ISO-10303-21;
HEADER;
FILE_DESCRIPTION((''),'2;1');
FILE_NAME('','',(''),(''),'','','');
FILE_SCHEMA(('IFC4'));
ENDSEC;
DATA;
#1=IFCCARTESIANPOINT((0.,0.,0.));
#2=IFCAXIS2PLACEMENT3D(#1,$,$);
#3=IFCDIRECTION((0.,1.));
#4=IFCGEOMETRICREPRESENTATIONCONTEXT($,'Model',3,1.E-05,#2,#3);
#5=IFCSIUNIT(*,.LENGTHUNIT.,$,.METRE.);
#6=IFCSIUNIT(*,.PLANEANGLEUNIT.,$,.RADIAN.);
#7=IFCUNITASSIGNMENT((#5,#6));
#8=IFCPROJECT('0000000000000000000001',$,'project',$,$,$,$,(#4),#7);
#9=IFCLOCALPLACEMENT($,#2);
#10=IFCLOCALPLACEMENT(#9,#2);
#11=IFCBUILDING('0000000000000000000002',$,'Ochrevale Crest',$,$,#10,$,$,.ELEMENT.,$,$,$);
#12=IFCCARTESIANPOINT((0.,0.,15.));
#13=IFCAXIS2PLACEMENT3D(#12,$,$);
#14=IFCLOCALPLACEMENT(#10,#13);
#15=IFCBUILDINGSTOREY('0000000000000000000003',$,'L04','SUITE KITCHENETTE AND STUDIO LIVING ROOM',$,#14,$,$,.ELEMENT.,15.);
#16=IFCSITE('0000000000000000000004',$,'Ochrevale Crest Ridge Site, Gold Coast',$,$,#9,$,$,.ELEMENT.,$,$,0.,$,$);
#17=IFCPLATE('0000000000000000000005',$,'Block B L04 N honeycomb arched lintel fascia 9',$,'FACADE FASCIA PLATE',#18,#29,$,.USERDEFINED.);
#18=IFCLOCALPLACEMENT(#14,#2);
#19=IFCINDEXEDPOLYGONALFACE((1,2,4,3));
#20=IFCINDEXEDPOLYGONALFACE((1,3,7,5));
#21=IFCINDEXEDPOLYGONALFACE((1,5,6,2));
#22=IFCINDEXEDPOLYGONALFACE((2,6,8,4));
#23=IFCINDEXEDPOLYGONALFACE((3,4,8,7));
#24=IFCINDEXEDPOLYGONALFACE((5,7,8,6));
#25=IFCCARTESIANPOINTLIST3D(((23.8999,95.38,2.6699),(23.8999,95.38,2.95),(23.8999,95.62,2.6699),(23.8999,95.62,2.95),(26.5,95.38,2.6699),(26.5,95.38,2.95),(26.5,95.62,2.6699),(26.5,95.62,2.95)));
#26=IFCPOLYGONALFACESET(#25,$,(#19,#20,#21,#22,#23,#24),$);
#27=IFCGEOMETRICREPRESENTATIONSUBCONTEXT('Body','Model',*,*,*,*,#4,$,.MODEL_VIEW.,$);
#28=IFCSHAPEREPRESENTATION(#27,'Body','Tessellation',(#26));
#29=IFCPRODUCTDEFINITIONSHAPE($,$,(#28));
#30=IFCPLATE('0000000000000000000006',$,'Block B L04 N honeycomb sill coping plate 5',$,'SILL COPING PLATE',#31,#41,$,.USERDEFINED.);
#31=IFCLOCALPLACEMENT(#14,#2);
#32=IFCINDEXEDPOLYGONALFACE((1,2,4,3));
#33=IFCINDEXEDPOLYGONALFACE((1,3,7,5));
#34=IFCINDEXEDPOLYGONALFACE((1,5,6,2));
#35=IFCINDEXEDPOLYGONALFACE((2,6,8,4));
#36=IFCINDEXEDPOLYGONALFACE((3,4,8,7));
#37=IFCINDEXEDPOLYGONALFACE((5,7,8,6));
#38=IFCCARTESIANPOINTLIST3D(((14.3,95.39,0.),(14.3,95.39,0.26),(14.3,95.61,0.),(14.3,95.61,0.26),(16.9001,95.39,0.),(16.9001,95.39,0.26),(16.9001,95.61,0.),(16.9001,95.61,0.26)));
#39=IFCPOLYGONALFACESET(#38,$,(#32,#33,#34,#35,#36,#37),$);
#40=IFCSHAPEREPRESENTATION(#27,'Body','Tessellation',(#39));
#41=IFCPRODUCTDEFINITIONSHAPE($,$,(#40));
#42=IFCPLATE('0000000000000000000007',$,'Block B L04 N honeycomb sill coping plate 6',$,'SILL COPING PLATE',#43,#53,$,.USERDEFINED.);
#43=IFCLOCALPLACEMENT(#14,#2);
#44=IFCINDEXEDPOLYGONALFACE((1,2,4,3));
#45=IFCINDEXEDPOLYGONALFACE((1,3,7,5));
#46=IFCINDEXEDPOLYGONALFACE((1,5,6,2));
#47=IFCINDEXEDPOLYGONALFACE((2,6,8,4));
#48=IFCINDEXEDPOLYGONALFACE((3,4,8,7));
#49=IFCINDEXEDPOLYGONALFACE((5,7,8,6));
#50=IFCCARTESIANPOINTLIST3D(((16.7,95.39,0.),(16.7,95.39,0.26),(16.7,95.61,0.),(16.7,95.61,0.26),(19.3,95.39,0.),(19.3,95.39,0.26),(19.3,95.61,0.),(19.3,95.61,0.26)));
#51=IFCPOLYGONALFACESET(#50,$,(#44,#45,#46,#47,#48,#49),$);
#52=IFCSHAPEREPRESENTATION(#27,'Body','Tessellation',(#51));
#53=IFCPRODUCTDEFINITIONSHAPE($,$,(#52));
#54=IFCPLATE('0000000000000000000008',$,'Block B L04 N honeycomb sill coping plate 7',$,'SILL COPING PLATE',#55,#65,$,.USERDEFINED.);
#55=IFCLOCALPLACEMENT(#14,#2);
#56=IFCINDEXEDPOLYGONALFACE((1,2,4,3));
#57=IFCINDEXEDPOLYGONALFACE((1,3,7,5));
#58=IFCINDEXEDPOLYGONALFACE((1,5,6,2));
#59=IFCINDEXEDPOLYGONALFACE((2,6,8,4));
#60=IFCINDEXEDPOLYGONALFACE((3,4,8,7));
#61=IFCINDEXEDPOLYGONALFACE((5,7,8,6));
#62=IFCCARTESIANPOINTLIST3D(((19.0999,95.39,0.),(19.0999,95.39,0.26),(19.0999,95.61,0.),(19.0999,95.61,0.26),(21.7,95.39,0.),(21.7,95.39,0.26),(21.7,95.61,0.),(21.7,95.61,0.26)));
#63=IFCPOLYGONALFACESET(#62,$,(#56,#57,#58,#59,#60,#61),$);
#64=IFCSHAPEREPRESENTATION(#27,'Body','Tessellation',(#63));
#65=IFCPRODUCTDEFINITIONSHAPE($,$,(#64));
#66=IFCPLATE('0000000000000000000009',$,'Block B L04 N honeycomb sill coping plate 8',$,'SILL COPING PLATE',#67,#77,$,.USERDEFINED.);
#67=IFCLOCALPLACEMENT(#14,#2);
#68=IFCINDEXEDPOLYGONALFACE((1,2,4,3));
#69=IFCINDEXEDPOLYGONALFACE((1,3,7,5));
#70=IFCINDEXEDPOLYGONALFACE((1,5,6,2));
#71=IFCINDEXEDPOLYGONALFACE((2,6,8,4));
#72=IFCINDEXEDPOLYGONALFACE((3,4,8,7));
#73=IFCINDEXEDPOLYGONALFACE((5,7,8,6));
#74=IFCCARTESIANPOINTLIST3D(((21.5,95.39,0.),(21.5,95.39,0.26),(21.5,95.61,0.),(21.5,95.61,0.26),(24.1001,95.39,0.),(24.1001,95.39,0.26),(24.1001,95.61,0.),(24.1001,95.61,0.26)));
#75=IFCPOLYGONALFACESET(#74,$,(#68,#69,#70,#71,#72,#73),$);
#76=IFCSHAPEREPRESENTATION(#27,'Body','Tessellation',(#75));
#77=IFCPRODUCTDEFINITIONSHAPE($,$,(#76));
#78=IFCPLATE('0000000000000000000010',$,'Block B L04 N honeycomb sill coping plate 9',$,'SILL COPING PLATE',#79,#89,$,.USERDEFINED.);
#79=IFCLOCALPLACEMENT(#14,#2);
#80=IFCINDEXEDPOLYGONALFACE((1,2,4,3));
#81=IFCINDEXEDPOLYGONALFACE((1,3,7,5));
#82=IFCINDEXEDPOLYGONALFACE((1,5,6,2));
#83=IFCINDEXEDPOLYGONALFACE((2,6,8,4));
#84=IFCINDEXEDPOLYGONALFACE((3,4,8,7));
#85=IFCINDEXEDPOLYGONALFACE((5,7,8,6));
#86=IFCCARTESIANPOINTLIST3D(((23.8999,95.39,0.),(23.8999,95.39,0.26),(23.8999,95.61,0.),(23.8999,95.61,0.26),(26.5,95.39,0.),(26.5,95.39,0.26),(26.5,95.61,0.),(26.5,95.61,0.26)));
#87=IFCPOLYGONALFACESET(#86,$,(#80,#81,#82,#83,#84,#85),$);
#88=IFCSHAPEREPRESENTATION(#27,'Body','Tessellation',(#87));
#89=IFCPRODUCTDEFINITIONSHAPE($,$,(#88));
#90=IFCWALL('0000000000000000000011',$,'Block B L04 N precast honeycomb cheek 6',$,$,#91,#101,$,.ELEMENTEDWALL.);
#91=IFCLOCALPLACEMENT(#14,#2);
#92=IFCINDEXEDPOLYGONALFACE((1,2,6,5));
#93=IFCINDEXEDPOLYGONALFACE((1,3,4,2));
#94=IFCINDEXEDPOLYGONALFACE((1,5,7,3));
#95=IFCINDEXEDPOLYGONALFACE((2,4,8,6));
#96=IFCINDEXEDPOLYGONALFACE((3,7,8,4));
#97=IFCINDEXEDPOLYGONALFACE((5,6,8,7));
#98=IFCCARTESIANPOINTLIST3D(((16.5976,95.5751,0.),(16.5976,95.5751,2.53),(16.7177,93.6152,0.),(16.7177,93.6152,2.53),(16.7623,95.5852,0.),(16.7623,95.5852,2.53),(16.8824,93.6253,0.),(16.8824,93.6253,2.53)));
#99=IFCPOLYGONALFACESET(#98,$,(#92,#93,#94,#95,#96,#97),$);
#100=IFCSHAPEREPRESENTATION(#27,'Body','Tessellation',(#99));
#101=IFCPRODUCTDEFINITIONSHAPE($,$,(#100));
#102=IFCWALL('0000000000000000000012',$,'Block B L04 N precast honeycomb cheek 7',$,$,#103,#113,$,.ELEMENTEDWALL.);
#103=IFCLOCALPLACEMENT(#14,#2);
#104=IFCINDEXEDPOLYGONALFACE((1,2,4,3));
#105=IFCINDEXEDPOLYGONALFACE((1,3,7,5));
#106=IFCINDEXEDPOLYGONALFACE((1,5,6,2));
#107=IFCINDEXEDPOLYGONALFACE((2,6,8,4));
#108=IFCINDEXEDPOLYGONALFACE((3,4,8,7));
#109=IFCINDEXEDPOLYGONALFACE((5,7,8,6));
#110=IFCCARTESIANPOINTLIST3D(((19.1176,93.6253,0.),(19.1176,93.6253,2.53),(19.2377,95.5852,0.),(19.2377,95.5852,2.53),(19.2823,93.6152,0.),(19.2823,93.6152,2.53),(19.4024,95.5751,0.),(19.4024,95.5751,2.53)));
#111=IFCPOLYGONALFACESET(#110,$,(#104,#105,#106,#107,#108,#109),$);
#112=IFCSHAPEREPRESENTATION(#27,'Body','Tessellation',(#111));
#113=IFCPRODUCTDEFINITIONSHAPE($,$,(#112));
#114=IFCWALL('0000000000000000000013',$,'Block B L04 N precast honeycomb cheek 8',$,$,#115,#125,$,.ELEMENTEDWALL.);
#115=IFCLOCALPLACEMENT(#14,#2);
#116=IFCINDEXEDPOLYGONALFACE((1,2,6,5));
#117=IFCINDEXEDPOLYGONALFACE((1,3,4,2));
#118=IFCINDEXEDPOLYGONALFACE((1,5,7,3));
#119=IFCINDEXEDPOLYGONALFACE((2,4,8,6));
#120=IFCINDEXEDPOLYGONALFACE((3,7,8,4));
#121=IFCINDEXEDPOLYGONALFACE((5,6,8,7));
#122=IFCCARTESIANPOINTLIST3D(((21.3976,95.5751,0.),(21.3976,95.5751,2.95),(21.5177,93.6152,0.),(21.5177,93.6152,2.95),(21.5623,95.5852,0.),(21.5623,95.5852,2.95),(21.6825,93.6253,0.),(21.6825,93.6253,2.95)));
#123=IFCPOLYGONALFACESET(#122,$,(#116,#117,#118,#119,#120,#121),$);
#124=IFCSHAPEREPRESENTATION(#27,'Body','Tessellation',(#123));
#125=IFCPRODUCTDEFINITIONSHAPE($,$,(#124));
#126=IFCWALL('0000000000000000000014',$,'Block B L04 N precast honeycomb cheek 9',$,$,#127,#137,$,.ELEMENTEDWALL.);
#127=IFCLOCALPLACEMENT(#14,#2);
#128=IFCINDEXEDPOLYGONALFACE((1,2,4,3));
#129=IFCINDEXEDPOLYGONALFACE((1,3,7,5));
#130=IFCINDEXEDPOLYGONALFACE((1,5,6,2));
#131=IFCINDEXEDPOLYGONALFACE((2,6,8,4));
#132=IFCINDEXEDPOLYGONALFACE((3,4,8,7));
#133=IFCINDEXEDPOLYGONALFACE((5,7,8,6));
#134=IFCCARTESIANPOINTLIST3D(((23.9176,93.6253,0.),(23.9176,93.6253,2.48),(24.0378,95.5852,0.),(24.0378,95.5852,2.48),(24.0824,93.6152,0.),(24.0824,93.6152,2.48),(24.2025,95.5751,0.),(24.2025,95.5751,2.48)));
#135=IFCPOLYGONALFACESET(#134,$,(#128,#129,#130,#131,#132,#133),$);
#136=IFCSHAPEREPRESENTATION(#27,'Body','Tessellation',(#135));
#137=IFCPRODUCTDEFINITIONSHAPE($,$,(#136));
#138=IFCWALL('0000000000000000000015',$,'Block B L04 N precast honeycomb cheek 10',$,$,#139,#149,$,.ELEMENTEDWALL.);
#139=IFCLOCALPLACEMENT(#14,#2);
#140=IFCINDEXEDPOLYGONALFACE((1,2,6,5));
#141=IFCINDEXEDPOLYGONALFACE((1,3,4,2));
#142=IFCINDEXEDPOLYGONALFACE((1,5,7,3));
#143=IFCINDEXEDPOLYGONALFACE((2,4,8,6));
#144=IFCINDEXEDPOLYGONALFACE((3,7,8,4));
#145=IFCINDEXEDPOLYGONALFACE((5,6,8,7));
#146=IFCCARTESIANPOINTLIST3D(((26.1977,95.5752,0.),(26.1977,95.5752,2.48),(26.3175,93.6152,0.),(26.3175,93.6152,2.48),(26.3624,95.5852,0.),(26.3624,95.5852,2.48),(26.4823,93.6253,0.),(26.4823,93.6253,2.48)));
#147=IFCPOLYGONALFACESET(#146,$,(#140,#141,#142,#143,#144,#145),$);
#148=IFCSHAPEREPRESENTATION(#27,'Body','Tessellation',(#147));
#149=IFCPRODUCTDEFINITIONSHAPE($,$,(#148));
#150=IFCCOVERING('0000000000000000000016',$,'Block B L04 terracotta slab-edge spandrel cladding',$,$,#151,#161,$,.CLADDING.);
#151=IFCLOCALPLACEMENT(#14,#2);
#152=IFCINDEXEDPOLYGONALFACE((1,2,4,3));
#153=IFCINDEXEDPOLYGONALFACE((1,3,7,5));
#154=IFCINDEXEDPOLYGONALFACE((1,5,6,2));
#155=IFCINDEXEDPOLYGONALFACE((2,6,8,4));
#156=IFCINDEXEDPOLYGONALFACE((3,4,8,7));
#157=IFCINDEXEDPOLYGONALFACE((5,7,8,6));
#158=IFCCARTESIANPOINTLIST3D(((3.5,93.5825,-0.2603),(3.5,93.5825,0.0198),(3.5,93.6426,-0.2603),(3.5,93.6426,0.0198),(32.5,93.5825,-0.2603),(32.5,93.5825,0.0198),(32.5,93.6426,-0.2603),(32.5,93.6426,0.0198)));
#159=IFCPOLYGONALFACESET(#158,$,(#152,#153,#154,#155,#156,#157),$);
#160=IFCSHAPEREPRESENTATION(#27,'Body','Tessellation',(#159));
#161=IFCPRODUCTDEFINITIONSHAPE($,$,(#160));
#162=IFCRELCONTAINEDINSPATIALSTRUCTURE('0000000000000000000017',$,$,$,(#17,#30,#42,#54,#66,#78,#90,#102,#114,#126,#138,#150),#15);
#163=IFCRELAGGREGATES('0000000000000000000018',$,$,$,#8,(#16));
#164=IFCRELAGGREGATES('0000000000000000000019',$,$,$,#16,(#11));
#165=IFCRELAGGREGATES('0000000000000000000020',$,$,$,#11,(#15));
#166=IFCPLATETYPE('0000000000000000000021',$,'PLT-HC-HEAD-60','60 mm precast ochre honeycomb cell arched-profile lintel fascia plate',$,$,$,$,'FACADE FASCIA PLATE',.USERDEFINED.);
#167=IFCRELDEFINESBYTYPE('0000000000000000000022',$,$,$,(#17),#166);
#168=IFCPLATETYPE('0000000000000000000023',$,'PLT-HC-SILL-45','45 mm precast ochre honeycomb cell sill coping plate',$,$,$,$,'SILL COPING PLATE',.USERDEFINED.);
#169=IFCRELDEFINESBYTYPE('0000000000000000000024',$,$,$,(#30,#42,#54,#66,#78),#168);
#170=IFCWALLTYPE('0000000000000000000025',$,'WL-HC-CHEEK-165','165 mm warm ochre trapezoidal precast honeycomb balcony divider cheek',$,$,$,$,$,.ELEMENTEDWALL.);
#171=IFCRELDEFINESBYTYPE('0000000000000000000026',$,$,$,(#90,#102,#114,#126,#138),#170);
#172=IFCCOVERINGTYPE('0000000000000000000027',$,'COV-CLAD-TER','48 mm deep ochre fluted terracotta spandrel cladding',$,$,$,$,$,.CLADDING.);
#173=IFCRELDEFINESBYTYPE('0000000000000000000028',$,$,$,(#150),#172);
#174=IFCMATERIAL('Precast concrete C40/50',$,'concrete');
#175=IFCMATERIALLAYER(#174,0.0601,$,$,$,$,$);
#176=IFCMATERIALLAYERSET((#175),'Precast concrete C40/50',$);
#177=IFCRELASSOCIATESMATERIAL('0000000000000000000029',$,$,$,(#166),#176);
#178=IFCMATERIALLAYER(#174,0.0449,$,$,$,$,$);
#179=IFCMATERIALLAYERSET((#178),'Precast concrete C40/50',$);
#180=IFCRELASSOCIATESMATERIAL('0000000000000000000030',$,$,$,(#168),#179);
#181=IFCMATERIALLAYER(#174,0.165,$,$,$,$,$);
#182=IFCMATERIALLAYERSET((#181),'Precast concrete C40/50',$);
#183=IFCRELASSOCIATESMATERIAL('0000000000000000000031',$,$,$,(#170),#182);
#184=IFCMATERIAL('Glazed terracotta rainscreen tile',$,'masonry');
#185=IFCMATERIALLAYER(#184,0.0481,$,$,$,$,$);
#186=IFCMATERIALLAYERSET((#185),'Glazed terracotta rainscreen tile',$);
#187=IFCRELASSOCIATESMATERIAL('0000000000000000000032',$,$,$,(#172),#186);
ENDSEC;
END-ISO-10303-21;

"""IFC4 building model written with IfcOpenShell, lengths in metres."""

from ifc_helpers import new_model, si_unit, direction, frame, frame_2d, origin, origin_2d, place, context, subcontext, project, spatial, rectangle, extrude, material, layer, layer_set, type_object, element, save


model = new_model("IFC4")

# Units and contexts
model_context = context("Model", 3, precision=1e-05, world=origin(), true_north=direction((0.0, 1.0)))
body_context = subcontext(model_context, "Body", "Model", "MODEL_VIEW")
ifc_project = project(units=[si_unit("LENGTHUNIT", "METRE"), si_unit("PLANEANGLEUNIT", "RADIAN")], contexts=[model_context])

# Site, building, storey
site_placement = place(None, origin())
site = spatial("IfcSite", under=ifc_project, at=site_placement, Name="Ochrevale Crest Ridge Site, Gold Coast", CompositionType="ELEMENT", RefElevation=0.0)
building_placement = place(site_placement, origin())
building = spatial("IfcBuilding", under=site, at=building_placement, Name="Ochrevale Crest", CompositionType="ELEMENT")
storey_placement = place(building_placement, frame((0.0, 0.0, 15.0)))
storey = spatial("IfcBuildingStorey", under=building, at=storey_placement, Name="L04", Description="SUITE KITCHENETTE AND STUDIO LIVING ROOM", CompositionType="ELEMENT", Elevation=15.0)

# Shared definitions
ifc_material_1 = material(Name="Precast concrete C40/50", Category="concrete")

# Plates
ifc_layer_1 = layer(ifc_material_1, 0.0601)
ifc_layer_set_1 = layer_set([ifc_layer_1], Name="Precast concrete C40/50")
plate_type_1 = type_object("IfcPlateType", Name="PLT-HC-HEAD-60", Description="60 mm precast ochre honeycomb cell arched-profile lintel fascia plate", ElementType="FACADE FASCIA PLATE", PredefinedType="USERDEFINED", material=ifc_layer_set_1)
for number, where, z_axis, x_axis, name in (
    (1, (25.2, 95.5, 2.6699), (0.0, 0.0, 1.0), (1.0, 0.0, 0.0), "Block B L04 N honeycomb arched lintel fascia 9"),
):
    element("IfcPlate", number, at=place(storey_placement, frame(where, z_axis=z_axis, x_axis=x_axis)), inside=storey, type_object=plate_type_1, Name=name, ObjectType="FACADE FASCIA PLATE", PredefinedType="USERDEFINED", context=body_context, shape_type="SweptSolid", body=[
        extrude(rectangle(XDim=2.6001, YDim=0.24, at=origin_2d()), origin(), (0.0, 0.0, 1.0), 0.28),
    ])
ifc_layer_2 = layer(ifc_material_1, 0.0449)
ifc_layer_set_2 = layer_set([ifc_layer_2], Name="Precast concrete C40/50")
plate_type_2 = type_object("IfcPlateType", Name="PLT-HC-SILL-45", Description="45 mm precast ochre honeycomb cell sill coping plate", ElementType="SILL COPING PLATE", PredefinedType="USERDEFINED", material=ifc_layer_set_2)
for number, where, z_axis, x_axis, name in (
    (2, (15.6001, 95.5, 0.0), (0.0, 0.0, 1.0), (1.0, 0.0, 0.0), "Block B L04 N honeycomb sill coping plate 5"),
    (3, (18.0, 95.5, 0.0), (0.0, 0.0, 1.0), (1.0, 0.0, 0.0), "Block B L04 N honeycomb sill coping plate 6"),
    (4, (20.3999, 95.5, 0.0), (0.0, 0.0, 1.0), (1.0, 0.0, 0.0), "Block B L04 N honeycomb sill coping plate 7"),
    (5, (22.8, 95.5, 0.0), (0.0, 0.0, 1.0), (1.0, 0.0, 0.0), "Block B L04 N honeycomb sill coping plate 8"),
    (6, (25.2, 95.5, 0.0), (0.0, 0.0, 1.0), (1.0, 0.0, 0.0), "Block B L04 N honeycomb sill coping plate 9"),
):
    element("IfcPlate", number, at=place(storey_placement, frame(where, z_axis=z_axis, x_axis=x_axis)), inside=storey, type_object=plate_type_2, Name=name, ObjectType="SILL COPING PLATE", PredefinedType="USERDEFINED", context=body_context, shape_type="SweptSolid", body=[
        extrude(rectangle(XDim=2.6001, YDim=0.22, at=origin_2d()), origin(), (0.0, 0.0, 1.0), 0.26),
    ])

# Walls
ifc_layer_3 = layer(ifc_material_1, 0.165)
ifc_layer_set_3 = layer_set([ifc_layer_3], Name="Precast concrete C40/50")
wall_type = type_object("IfcWallType", Name="WL-HC-CHEEK-165", Description="165 mm warm ochre trapezoidal precast honeycomb balcony divider cheek", PredefinedType="ELEMENTEDWALL", material=ifc_layer_set_3)
for number, where, z_axis, x_axis, name in (
    (7, (16.8, 93.6201, 0.0), (0.0, 0.0, 1.0), (-0.061171, 0.998127, 0.0), "Block B L04 N precast honeycomb cheek 6"),
    (8, (19.2, 93.6201, 0.0), (0.0, 0.0, 1.0), (0.061171, 0.998127, 0.0), "Block B L04 N precast honeycomb cheek 7"),
):
    element("IfcWall", number, at=place(storey_placement, frame(where, z_axis=z_axis, x_axis=x_axis)), inside=storey, type_object=wall_type, Name=name, PredefinedType="ELEMENTEDWALL", context=body_context, shape_type="SweptSolid", body=[
        extrude(rectangle(XDim=1.9636, YDim=0.165, at=frame_2d((0.9819, 0.0))), origin(), (0.0, 0.0, 1.0), 2.53),
    ])
wall_placement = place(storey_placement, frame((21.6001, 93.6201, 0.0), z_axis=(0.0, 0.0, 1.0), x_axis=(-0.061171, 0.998127, 0.0)))
element("IfcWall", 9, at=wall_placement, inside=storey, type_object=wall_type, Name="Block B L04 N precast honeycomb cheek 8", PredefinedType="ELEMENTEDWALL", context=body_context, shape_type="SweptSolid", body=[
    extrude(rectangle(XDim=1.9636, YDim=0.165, at=frame_2d((0.9819, 0.0))), origin(), (0.0, 0.0, 1.0), 2.95),
])
for number, where, z_axis, x_axis, name in (
    (10, (24.0, 93.6201, 0.0), (0.0, 0.0, 1.0), (0.061171, 0.998127, 0.0), "Block B L04 N precast honeycomb cheek 9"),
    (11, (26.3999, 93.6201, 0.0), (0.0, 0.0, 1.0), (-0.061047, 0.998135, 0.0), "Block B L04 N precast honeycomb cheek 10"),
):
    element("IfcWall", number, at=place(storey_placement, frame(where, z_axis=z_axis, x_axis=x_axis)), inside=storey, type_object=wall_type, Name=name, PredefinedType="ELEMENTEDWALL", context=body_context, shape_type="SweptSolid", body=[
        extrude(rectangle(XDim=1.9636, YDim=0.165, at=frame_2d((0.9819, 0.0))), origin(), (0.0, 0.0, 1.0), 2.48),
    ])

# Covering
ifc_material_2 = material(Name="Glazed terracotta rainscreen tile", Category="masonry")
ifc_layer_4 = layer(ifc_material_2, 0.0481)
ifc_layer_set_4 = layer_set([ifc_layer_4], Name="Glazed terracotta rainscreen tile")
covering_type = type_object("IfcCoveringType", Name="COV-CLAD-TER", Description="48 mm deep ochre fluted terracotta spandrel cladding", PredefinedType="CLADDING", material=ifc_layer_set_4)
covering_placement = place(storey_placement, frame((18.0, 93.6125, -0.2603), z_axis=(0.0, 0.0, 1.0), x_axis=(-1.0, 0.0, 0.0)))
element("IfcCovering", 12, at=covering_placement, inside=storey, type_object=covering_type, Name="Block B L04 terracotta slab-edge spandrel cladding", PredefinedType="CLADDING", context=body_context, shape_type="SweptSolid", body=[
    extrude(rectangle(XDim=29.0, YDim=0.0601, at=origin_2d()), origin(), (0.0, 0.0, 1.0), 0.28),
])

save(model, "model.ifc")
